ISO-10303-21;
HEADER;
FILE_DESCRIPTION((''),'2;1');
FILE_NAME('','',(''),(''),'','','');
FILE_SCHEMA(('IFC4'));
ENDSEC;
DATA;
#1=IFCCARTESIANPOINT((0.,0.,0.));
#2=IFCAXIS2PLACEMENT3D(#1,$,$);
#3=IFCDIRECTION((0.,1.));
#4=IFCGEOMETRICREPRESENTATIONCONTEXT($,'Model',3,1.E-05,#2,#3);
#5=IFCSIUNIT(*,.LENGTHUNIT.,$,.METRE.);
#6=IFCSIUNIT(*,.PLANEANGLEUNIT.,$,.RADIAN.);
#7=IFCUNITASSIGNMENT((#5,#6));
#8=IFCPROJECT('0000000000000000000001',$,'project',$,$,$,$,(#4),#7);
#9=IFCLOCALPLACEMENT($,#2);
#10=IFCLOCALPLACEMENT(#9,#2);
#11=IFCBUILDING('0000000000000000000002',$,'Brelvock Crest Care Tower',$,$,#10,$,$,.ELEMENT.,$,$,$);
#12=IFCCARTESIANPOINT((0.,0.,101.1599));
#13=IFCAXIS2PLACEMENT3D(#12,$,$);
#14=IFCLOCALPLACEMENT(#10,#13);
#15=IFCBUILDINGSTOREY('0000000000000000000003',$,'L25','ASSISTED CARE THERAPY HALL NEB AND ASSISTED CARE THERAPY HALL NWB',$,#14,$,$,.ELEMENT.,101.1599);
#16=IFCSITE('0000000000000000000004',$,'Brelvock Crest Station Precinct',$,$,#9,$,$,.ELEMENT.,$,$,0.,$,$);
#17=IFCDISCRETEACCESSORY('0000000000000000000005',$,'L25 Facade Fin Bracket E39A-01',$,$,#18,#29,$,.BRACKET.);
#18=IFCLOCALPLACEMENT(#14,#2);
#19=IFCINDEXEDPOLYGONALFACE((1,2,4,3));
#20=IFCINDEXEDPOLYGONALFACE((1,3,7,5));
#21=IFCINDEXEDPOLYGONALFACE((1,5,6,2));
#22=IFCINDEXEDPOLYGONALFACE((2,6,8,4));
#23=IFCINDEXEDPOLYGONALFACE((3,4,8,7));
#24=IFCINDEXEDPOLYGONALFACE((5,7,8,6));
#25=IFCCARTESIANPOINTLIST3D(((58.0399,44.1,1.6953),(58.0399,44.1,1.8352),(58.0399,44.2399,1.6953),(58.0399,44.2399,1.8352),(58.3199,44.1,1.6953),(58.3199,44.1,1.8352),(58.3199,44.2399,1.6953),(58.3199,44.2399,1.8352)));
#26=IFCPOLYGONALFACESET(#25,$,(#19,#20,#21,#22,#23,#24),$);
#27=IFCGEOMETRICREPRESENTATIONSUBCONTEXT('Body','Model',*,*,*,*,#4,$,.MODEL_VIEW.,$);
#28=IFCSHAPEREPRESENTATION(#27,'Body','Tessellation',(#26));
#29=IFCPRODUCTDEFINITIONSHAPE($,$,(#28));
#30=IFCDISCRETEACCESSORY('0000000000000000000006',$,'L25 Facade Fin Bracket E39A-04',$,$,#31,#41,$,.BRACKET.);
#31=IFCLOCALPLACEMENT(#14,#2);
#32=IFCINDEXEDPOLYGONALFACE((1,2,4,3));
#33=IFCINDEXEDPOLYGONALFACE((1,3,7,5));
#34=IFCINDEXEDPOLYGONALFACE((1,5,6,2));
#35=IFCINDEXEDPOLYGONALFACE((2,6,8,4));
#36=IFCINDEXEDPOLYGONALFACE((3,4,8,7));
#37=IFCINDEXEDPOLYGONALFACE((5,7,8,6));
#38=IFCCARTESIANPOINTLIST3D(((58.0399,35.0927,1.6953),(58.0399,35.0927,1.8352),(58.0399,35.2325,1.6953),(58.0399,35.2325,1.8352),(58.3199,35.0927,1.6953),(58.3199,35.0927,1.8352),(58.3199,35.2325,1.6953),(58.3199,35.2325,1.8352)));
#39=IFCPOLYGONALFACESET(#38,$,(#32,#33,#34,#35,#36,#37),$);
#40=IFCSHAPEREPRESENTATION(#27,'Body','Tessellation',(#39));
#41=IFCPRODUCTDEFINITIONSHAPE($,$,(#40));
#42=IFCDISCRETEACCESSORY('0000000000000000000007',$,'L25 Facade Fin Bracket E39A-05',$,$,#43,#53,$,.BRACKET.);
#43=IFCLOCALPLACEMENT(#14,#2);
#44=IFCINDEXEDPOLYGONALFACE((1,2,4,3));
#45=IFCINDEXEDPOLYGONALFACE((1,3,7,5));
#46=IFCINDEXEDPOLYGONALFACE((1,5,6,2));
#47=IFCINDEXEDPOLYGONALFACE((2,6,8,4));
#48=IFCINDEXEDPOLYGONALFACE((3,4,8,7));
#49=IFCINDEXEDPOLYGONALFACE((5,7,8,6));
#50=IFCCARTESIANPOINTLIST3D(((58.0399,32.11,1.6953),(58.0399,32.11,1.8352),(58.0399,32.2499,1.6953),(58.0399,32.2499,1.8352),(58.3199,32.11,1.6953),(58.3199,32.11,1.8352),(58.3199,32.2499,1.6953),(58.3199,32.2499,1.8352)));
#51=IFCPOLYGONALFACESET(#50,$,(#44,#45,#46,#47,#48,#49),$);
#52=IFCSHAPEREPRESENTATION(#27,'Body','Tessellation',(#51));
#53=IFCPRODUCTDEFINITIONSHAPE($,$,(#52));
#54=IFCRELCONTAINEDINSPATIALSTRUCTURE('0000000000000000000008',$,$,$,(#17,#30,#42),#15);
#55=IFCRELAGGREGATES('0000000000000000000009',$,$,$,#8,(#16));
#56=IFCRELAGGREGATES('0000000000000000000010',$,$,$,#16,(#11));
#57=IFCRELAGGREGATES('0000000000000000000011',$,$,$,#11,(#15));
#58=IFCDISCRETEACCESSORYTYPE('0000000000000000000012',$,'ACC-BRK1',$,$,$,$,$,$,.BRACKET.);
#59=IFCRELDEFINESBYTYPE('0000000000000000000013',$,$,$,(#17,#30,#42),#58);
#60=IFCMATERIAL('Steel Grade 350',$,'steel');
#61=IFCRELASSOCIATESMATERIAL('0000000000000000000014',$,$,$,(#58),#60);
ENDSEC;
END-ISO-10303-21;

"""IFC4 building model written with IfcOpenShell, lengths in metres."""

from ifc_helpers import new_model, si_unit, direction, frame, origin, origin_2d, place, context, subcontext, project, spatial, rectangle, extrude, source, transform, mapped, material, type_object, element, save


model = new_model("IFC4")

# Units and contexts
model_context = context("Model", 3, precision=1e-05, world=origin(), true_north=direction((0.0, 1.0)))
body_context = subcontext(model_context, "Body", "Model", "MODEL_VIEW")
ifc_project = project(units=[si_unit("LENGTHUNIT", "METRE"), si_unit("PLANEANGLEUNIT", "RADIAN")], contexts=[model_context])

# Site, building, storey
site_placement = place(None, origin())
site = spatial("IfcSite", under=ifc_project, at=site_placement, Name="Brelvock Crest Station Precinct", CompositionType="ELEMENT", RefElevation=0.0)
building_placement = place(site_placement, origin())
building = spatial("IfcBuilding", under=site, at=building_placement, Name="Brelvock Crest Care Tower", CompositionType="ELEMENT")
storey_placement = place(building_placement, frame((0.0, 0.0, 101.1599)))
storey = spatial("IfcBuildingStorey", under=building, at=storey_placement, Name="L25", Description="ASSISTED CARE THERAPY HALL NEB AND ASSISTED CARE THERAPY HALL NWB", CompositionType="ELEMENT", Elevation=101.1599)

# Discrete accessories
ifc_material_1 = material(Name="Steel Grade 350", Category="steel")
discrete_accessory_type = type_object("IfcDiscreteAccessoryType", Name="ACC-BRK1", PredefinedType="BRACKET", material=ifc_material_1)
shared_shape_1 = source(origin(), body_context, "Body", "SweptSolid", [
    extrude(rectangle(XDim=0.28, YDim=0.1399, at=origin_2d()), origin(), (0.0, 0.0, 1.0), 0.1399),
])
for number, where, z_axis, x_axis, name in (
    (1, (58.1799, 44.1699, 1.6953), (0.0, 0.0, 1.0), (1.0, 0.0, 0.0), "L25 Facade Fin Bracket E39A-01"),
    (2, (58.1799, 35.1626, 1.6953), (0.0, 0.0, 1.0), (1.0, 0.0, 0.0), "L25 Facade Fin Bracket E39A-04"),
    (3, (58.1799, 32.1799, 1.6953), (0.0, 0.0, 1.0), (1.0, 0.0, 0.0), "L25 Facade Fin Bracket E39A-05"),
):
    element("IfcDiscreteAccessory", number, at=place(storey_placement, frame(where, z_axis=z_axis, x_axis=x_axis)), inside=storey, type_object=discrete_accessory_type, Name=name, PredefinedType="BRACKET", context=body_context, shape_type="MappedRepresentation", body=[
        mapped(shared_shape_1, transform((0.0, 0.0, 0.0), x_axis=(1.0, 0.0, 0.0), y_axis=(0.0, 1.0, 0.0), z_axis=(0.0, 0.0, 1.0), scale=1.0)),
    ])

save(model, "model.ifc")
